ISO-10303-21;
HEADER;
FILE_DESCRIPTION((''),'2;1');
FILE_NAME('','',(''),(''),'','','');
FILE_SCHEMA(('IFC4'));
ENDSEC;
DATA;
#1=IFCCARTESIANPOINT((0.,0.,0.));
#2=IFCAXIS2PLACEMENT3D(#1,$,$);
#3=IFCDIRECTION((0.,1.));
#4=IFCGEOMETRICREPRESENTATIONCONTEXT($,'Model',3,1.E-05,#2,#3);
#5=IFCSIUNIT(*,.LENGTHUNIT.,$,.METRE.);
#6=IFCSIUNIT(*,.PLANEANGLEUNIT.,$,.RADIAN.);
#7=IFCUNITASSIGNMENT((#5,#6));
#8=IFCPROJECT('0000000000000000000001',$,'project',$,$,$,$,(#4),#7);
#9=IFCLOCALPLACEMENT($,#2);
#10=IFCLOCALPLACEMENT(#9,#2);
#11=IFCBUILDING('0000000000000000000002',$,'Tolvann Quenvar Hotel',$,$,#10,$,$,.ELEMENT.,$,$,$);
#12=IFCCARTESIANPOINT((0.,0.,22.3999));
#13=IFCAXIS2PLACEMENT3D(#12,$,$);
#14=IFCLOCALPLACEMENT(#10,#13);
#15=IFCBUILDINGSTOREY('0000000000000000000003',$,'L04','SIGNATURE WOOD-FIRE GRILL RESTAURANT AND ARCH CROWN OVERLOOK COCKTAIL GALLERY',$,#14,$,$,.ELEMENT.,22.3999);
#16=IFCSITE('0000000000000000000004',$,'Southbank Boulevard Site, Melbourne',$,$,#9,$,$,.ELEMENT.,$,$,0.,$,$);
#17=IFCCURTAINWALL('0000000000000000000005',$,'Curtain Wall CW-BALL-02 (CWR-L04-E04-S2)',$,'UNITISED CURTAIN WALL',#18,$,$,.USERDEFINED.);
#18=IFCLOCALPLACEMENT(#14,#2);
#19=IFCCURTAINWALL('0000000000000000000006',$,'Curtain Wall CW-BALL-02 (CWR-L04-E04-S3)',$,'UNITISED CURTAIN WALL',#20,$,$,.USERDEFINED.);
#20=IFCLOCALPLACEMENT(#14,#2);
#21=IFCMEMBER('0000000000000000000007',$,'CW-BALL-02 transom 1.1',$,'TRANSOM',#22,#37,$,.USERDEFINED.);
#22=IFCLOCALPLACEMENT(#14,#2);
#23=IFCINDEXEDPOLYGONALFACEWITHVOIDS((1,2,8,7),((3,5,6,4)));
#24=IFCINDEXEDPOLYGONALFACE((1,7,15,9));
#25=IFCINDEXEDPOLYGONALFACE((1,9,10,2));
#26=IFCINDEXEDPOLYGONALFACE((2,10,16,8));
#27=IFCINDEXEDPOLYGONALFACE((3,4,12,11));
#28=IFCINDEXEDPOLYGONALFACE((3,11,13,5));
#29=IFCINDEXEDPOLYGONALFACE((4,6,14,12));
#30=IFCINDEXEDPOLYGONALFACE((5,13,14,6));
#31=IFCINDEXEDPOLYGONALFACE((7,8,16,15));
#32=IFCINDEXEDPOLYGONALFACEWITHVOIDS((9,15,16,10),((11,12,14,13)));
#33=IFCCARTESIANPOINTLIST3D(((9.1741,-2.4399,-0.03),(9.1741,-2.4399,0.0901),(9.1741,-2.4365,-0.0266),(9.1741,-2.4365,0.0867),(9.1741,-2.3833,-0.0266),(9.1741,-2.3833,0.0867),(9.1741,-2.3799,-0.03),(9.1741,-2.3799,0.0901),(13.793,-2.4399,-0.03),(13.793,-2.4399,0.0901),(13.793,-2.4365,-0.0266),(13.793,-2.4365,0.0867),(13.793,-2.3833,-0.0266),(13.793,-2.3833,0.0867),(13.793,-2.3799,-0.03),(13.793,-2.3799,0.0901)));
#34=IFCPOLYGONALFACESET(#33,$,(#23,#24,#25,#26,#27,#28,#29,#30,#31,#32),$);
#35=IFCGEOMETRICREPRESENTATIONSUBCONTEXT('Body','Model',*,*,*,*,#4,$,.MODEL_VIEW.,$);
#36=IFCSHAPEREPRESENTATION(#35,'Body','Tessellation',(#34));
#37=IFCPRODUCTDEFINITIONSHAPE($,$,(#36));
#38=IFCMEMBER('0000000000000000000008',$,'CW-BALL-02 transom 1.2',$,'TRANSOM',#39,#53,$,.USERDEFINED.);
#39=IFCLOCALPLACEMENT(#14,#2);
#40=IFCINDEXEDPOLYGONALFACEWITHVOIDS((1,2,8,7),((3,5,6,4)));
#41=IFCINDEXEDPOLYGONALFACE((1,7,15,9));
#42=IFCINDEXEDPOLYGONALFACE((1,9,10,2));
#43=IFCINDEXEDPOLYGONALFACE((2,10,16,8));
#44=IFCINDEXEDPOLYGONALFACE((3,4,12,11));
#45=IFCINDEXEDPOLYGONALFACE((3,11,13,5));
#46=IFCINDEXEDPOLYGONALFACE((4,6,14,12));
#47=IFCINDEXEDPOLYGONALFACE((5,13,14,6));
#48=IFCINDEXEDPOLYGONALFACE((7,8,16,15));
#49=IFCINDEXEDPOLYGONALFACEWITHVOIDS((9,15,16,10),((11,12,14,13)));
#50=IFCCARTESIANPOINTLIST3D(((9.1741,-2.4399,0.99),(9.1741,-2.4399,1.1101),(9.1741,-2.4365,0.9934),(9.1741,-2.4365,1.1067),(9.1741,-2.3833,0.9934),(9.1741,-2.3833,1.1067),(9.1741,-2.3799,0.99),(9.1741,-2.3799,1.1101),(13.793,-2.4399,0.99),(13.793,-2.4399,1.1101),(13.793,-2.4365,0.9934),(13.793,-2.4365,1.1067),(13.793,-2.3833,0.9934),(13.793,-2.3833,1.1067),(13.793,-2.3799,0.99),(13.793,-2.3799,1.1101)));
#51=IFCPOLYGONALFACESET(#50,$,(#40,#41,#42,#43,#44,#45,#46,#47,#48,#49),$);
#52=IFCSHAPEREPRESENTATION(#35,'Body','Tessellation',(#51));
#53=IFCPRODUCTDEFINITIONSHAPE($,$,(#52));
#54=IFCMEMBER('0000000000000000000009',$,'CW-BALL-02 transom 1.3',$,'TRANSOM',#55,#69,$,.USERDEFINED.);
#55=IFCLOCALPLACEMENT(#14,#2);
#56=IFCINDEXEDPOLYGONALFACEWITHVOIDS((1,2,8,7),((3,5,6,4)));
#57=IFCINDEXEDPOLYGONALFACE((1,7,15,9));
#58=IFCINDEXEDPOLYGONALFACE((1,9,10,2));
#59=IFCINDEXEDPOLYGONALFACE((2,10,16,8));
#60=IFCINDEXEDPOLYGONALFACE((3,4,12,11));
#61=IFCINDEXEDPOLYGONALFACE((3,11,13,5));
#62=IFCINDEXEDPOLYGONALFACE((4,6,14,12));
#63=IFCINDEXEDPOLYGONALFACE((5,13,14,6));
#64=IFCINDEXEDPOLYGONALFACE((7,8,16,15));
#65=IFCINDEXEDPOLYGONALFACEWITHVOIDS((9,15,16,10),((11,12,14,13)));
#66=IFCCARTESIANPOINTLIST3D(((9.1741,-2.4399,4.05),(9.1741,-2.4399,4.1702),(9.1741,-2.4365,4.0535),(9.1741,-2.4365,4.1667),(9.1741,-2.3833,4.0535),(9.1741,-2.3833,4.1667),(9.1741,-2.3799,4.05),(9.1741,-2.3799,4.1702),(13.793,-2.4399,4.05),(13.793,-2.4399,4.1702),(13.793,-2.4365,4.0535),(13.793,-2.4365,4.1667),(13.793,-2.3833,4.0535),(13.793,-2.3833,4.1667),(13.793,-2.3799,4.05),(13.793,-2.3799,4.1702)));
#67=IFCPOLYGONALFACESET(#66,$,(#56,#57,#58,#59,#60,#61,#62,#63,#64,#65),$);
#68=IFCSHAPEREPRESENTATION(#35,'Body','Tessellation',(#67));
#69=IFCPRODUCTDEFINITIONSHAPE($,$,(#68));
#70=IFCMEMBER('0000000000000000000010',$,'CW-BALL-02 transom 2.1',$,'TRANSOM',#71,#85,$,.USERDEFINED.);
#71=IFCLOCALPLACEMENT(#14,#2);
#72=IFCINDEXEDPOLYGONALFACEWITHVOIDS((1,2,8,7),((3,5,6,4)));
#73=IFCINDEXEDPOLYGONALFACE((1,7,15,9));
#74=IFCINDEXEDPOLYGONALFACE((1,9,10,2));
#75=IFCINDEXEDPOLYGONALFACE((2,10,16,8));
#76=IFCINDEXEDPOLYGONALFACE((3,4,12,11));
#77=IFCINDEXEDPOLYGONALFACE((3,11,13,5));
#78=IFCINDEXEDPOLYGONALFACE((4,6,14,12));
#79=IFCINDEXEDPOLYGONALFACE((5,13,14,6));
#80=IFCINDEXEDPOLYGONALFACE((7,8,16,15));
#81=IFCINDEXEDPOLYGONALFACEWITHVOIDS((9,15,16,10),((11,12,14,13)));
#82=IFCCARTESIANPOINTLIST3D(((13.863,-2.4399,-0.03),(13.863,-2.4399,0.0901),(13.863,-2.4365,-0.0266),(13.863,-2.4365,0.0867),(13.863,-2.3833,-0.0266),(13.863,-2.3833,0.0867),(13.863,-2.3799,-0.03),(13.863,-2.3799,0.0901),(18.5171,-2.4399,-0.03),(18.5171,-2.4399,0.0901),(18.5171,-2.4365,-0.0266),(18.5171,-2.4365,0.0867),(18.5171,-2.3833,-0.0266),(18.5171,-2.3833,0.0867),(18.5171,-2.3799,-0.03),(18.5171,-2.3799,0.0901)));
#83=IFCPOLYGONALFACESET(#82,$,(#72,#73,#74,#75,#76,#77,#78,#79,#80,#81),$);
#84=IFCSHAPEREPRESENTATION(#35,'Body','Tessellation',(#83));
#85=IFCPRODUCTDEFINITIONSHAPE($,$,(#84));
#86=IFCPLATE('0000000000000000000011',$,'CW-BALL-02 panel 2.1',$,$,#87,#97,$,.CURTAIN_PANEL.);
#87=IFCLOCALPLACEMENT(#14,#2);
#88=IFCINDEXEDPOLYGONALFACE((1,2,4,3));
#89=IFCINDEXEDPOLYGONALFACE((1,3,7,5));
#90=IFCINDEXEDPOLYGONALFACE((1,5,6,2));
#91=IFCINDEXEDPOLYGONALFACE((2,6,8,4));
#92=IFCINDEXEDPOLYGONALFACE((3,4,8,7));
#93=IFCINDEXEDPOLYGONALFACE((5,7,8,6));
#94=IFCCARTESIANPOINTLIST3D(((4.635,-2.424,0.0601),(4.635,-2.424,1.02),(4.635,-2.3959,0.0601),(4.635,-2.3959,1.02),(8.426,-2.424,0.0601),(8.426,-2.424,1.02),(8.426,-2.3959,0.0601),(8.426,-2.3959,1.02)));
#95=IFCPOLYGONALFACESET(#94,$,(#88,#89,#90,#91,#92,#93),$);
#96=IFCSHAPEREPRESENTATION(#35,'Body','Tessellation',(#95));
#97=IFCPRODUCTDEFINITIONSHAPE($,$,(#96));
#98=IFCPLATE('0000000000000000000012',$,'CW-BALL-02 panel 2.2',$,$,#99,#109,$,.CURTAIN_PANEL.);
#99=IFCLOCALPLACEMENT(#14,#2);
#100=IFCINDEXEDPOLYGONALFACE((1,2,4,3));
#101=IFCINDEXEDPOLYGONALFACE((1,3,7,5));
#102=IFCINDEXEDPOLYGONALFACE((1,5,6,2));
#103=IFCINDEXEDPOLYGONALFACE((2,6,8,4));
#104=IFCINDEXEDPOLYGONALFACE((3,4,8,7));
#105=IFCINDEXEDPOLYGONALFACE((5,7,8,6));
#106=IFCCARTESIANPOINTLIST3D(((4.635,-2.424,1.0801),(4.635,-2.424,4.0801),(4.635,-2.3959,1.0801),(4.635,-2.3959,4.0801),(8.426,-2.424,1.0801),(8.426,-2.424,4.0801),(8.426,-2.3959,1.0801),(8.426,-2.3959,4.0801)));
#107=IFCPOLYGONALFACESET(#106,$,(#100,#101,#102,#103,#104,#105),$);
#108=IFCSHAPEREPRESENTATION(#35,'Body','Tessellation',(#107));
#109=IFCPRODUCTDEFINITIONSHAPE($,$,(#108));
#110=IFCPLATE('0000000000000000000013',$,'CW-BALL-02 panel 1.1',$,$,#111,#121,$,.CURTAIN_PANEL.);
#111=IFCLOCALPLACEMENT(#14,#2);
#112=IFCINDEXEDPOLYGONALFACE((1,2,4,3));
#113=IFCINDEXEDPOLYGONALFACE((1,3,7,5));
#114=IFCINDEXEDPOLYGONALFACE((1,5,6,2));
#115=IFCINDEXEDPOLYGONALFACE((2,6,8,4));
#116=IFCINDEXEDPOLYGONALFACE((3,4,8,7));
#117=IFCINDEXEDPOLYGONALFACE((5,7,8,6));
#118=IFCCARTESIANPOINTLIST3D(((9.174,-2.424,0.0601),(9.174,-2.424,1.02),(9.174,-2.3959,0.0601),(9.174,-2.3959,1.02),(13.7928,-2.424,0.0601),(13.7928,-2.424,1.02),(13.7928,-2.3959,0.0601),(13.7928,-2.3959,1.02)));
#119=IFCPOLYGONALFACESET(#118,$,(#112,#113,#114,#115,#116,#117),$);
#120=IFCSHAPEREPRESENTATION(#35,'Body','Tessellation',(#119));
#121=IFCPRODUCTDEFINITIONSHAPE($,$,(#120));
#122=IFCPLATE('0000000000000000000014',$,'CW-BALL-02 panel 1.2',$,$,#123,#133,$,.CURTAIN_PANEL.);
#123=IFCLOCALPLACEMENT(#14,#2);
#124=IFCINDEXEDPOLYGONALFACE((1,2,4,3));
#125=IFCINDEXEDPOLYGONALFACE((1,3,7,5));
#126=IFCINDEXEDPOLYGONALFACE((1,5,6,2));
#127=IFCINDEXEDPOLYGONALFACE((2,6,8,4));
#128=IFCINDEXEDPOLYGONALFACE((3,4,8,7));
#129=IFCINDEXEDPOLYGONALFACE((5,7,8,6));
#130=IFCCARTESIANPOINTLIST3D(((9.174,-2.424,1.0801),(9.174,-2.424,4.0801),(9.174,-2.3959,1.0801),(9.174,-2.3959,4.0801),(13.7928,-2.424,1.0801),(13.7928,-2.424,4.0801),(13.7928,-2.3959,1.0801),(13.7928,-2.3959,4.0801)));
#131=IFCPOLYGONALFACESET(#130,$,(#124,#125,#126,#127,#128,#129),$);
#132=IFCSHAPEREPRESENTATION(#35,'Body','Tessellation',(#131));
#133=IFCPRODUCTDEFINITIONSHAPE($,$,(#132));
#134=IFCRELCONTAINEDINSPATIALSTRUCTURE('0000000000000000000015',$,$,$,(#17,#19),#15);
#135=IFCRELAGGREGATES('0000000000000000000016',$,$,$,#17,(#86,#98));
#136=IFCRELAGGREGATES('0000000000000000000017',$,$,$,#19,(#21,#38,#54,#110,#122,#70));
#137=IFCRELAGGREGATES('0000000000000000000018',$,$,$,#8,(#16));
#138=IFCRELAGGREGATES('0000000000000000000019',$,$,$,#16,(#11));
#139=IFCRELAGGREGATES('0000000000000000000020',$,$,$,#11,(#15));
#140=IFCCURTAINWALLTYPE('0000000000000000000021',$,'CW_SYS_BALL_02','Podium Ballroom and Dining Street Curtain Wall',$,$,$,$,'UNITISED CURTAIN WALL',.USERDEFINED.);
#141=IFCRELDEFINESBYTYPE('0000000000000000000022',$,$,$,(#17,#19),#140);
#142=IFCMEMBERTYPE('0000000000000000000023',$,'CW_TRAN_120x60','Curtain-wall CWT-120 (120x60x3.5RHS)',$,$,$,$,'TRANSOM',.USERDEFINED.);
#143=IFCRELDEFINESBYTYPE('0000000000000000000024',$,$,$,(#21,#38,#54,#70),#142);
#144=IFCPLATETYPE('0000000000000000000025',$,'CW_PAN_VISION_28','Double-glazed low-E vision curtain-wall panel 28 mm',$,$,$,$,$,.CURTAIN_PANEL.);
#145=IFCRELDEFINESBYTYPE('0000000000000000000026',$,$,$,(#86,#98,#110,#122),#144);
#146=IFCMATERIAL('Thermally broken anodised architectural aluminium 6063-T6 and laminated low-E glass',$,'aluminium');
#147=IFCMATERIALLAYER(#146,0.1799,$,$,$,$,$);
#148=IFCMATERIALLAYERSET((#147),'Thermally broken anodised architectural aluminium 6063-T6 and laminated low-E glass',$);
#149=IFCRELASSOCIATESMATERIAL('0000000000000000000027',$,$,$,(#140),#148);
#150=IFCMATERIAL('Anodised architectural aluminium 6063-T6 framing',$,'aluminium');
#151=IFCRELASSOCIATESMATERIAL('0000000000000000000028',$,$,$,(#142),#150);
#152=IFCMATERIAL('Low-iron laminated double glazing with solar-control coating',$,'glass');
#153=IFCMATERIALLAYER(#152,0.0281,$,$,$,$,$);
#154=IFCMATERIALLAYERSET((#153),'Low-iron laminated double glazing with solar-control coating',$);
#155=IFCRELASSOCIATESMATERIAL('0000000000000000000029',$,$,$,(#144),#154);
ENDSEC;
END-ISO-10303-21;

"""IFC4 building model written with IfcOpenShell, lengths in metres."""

from ifc_helpers import new_model, si_unit, direction, frame, origin, origin_2d, place, context, subcontext, project, spatial, rectangle, hollow_rectangle, extrude, source, transform, mapped, material, layer, layer_set, material_profile, profile_set, type_object, type_shapes, element, aggregate, save


model = new_model("IFC4")

# Units and contexts
model_context = context("Model", 3, precision=1e-05, world=origin(), true_north=direction((0.0, 1.0)))
body_context = subcontext(model_context, "Body", "Model", "MODEL_VIEW")
ifc_project = project(units=[si_unit("LENGTHUNIT", "METRE"), si_unit("PLANEANGLEUNIT", "RADIAN")], contexts=[model_context])

# Site, building, storey
site_placement = place(None, origin())
site = spatial("IfcSite", under=ifc_project, at=site_placement, Name="Southbank Boulevard Site, Melbourne", CompositionType="ELEMENT", RefElevation=0.0)
building_placement = place(site_placement, origin())
building = spatial("IfcBuilding", under=site, at=building_placement, Name="Tolvann Quenvar Hotel", CompositionType="ELEMENT")
storey_placement = place(building_placement, frame((0.0, 0.0, 22.3999)))
storey = spatial("IfcBuildingStorey", under=building, at=storey_placement, Name="L04", Description="SIGNATURE WOOD-FIRE GRILL RESTAURANT AND ARCH CROWN OVERLOOK COCKTAIL GALLERY", CompositionType="ELEMENT", Elevation=22.3999)

# Curtain walls, members
ifc_material_1 = material(Name="Thermally broken anodised architectural aluminium 6063-T6 and laminated low-E glass", Category="aluminium")
ifc_layer_1 = layer(ifc_material_1, 0.1799)
ifc_layer_set_1 = layer_set([ifc_layer_1], Name="Thermally broken anodised architectural aluminium 6063-T6 and laminated low-E glass")
curtain_wall_type = type_object("IfcCurtainWallType", Name="CW_SYS_BALL_02", Description="Podium Ballroom and Dining Street Curtain Wall", ElementType="UNITISED CURTAIN WALL", PredefinedType="USERDEFINED", material=ifc_layer_set_1)
curtain_wall_1_placement = place(storey_placement, origin())
curtain_wall_1 = element("IfcCurtainWall", 1, at=curtain_wall_1_placement, inside=storey, type_object=curtain_wall_type, Name="Curtain Wall CW-BALL-02 (CWR-L04-E04-S2)", ObjectType="UNITISED CURTAIN WALL", PredefinedType="USERDEFINED")
ifc_material_2 = material(Name="Anodised architectural aluminium 6063-T6 framing", Category="aluminium")
ifc_material_profile_1 = material_profile(ifc_material_2, hollow_rectangle(XDim=0.0601, YDim=0.1201, WallThickness=0.0034, at=origin_2d()), Name="120x60x3.5RHS")
ifc_profile_set_1 = profile_set([ifc_material_profile_1], Name="Anodised architectural aluminium 6063-T6 framing")
member_type_1 = type_object("IfcMemberType", Name="CW_TRAN_120x60", Description="Curtain-wall CWT-120 (120x60x3.5RHS)", ElementType="TRANSOM", PredefinedType="USERDEFINED", material=ifc_profile_set_1)
curtain_wall_2_placement = place(storey_placement, origin())
curtain_wall_2 = element("IfcCurtainWall", 2, at=curtain_wall_2_placement, inside=storey, type_object=curtain_wall_type, Name="Curtain Wall CW-BALL-02 (CWR-L04-E04-S3)", ObjectType="UNITISED CURTAIN WALL", PredefinedType="USERDEFINED")
shared_shape_1 = source(origin(), body_context, "Body", "SweptSolid", [
    extrude(hollow_rectangle(XDim=0.0601, YDim=0.1201, WallThickness=0.0034, at=origin_2d()), origin(), (0.0, 0.0, 1.0), 4.6189),
])
member_1_placement = place(storey_placement, frame((9.1741, -2.4099, 0.03), z_axis=(1.0, 0.0, 0.0), x_axis=(0.0, 1.0, 0.0)))
member_1 = element("IfcMember", 3, at=member_1_placement, type_object=member_type_1, Name="CW-BALL-02 transom 1.1", ObjectType="TRANSOM", PredefinedType="USERDEFINED", context=body_context, shape_type="MappedRepresentation", body=[
    mapped(shared_shape_1, transform((0.0, 0.0, 0.0), x_axis=(1.0, 0.0, 0.0), y_axis=(0.0, 1.0, 0.0), z_axis=(0.0, 0.0, 1.0), scale=1.0)),
])
member_2_placement = place(storey_placement, frame((9.1741, -2.4099, 1.05), z_axis=(1.0, 0.0, 0.0), x_axis=(0.0, 1.0, 0.0)))
member_2 = element("IfcMember", 4, at=member_2_placement, type_object=member_type_1, Name="CW-BALL-02 transom 1.2", ObjectType="TRANSOM", PredefinedType="USERDEFINED", context=body_context, shape_type="MappedRepresentation", body=[
    mapped(shared_shape_1, transform((0.0, 0.0, 0.0), x_axis=(1.0, 0.0, 0.0), y_axis=(0.0, 1.0, 0.0), z_axis=(0.0, 0.0, 1.0), scale=1.0)),
])
member_3_placement = place(storey_placement, frame((9.1741, -2.4099, 4.1101), z_axis=(1.0, 0.0, 0.0), x_axis=(0.0, 1.0, 0.0)))
member_3 = element("IfcMember", 5, at=member_3_placement, type_object=member_type_1, Name="CW-BALL-02 transom 1.3", ObjectType="TRANSOM", PredefinedType="USERDEFINED", context=body_context, shape_type="MappedRepresentation", body=[
    mapped(shared_shape_1, transform((0.0, 0.0, 0.0), x_axis=(1.0, 0.0, 0.0), y_axis=(0.0, 1.0, 0.0), z_axis=(0.0, 0.0, 1.0), scale=1.0)),
])
shared_shape_2 = source(origin(), body_context, "Body", "SweptSolid", [
    extrude(hollow_rectangle(XDim=0.0601, YDim=0.1201, WallThickness=0.0034, at=origin_2d()), origin(), (0.0, 0.0, 1.0), 4.6541),
])
member_4_placement = place(storey_placement, frame((13.863, -2.4099, 0.03), z_axis=(1.0, 0.0, 0.0), x_axis=(0.0, 1.0, 0.0)))
member_4 = element("IfcMember", 6, at=member_4_placement, type_object=member_type_1, Name="CW-BALL-02 transom 2.1", ObjectType="TRANSOM", PredefinedType="USERDEFINED", context=body_context, shape_type="MappedRepresentation", body=[
    mapped(shared_shape_2, transform((0.0, 0.0, 0.0), x_axis=(1.0, 0.0, 0.0), y_axis=(0.0, 1.0, 0.0), z_axis=(0.0, 0.0, 1.0), scale=1.0)),
])

# Plates
ifc_material_3 = material(Name="Low-iron laminated double glazing with solar-control coating", Category="glass")
ifc_layer_2 = layer(ifc_material_3, 0.0281)
ifc_layer_set_2 = layer_set([ifc_layer_2], Name="Low-iron laminated double glazing with solar-control coating")
plate_type = type_object("IfcPlateType", Name="CW_PAN_VISION_28", Description="Double-glazed low-E vision curtain-wall panel 28 mm", PredefinedType="CURTAIN_PANEL", material=ifc_layer_set_2)
shared_shape_3 = source(origin(), body_context, "Body", "SweptSolid", [
    extrude(rectangle(XDim=3.791, YDim=0.0281, at=origin_2d()), origin(), (0.0, 0.0, 1.0), 0.96),
])
plate_1_placement = place(storey_placement, frame((6.5305, -2.4099, 0.0601), z_axis=(0.0, 0.0, 1.0), x_axis=(1.0, 0.0, 0.0)))
plate_1 = element("IfcPlate", 7, at=plate_1_placement, type_object=plate_type, Name="CW-BALL-02 panel 2.1", PredefinedType="CURTAIN_PANEL", context=body_context, shape_type="MappedRepresentation", body=[
    mapped(shared_shape_3, transform((0.0, 0.0, 0.0), x_axis=(1.0, 0.0, 0.0), y_axis=(0.0, 1.0, 0.0), z_axis=(0.0, 0.0, 1.0), scale=1.0)),
])
shared_shape_4 = source(origin(), body_context, "Body", "SweptSolid", [
    extrude(rectangle(XDim=3.791, YDim=0.0281, at=origin_2d()), origin(), (0.0, 0.0, 1.0), 3.0),
])
plate_2_placement = place(storey_placement, frame((6.5305, -2.4099, 1.0801), z_axis=(0.0, 0.0, 1.0), x_axis=(1.0, 0.0, 0.0)))
plate_2 = element("IfcPlate", 8, at=plate_2_placement, type_object=plate_type, Name="CW-BALL-02 panel 2.2", PredefinedType="CURTAIN_PANEL", context=body_context, shape_type="MappedRepresentation", body=[
    mapped(shared_shape_4, transform((0.0, 0.0, 0.0), x_axis=(1.0, 0.0, 0.0), y_axis=(0.0, 1.0, 0.0), z_axis=(0.0, 0.0, 1.0), scale=1.0)),
])
aggregate(curtain_wall_1, [plate_1, plate_2])
shared_shape_5 = source(origin(), body_context, "Body", "SweptSolid", [
    extrude(rectangle(XDim=4.6189, YDim=0.0281, at=origin_2d()), origin(), (0.0, 0.0, 1.0), 0.96),
])
plate_3_placement = place(storey_placement, frame((11.4834, -2.4099, 0.0601), z_axis=(0.0, 0.0, 1.0), x_axis=(1.0, 0.0, 0.0)))
plate_3 = element("IfcPlate", 9, at=plate_3_placement, type_object=plate_type, Name="CW-BALL-02 panel 1.1", PredefinedType="CURTAIN_PANEL", context=body_context, shape_type="MappedRepresentation", body=[
    mapped(shared_shape_5, transform((0.0, 0.0, 0.0), x_axis=(1.0, 0.0, 0.0), y_axis=(0.0, 1.0, 0.0), z_axis=(0.0, 0.0, 1.0), scale=1.0)),
])
shared_shape_6 = source(origin(), body_context, "Body", "SweptSolid", [
    extrude(rectangle(XDim=4.6189, YDim=0.0281, at=origin_2d()), origin(), (0.0, 0.0, 1.0), 3.0),
])
type_shapes(plate_type, [shared_shape_3, shared_shape_4, shared_shape_5, shared_shape_6])
plate_4_placement = place(storey_placement, frame((11.4834, -2.4099, 1.0801), z_axis=(0.0, 0.0, 1.0), x_axis=(1.0, 0.0, 0.0)))
plate_4 = element("IfcPlate", 10, at=plate_4_placement, type_object=plate_type, Name="CW-BALL-02 panel 1.2", PredefinedType="CURTAIN_PANEL", context=body_context, shape_type="MappedRepresentation", body=[
    mapped(shared_shape_6, transform((0.0, 0.0, 0.0), x_axis=(1.0, 0.0, 0.0), y_axis=(0.0, 1.0, 0.0), z_axis=(0.0, 0.0, 1.0), scale=1.0)),
])
aggregate(curtain_wall_2, [member_1, member_2, member_3, plate_3, plate_4, member_4])

save(model, "model.ifc")
